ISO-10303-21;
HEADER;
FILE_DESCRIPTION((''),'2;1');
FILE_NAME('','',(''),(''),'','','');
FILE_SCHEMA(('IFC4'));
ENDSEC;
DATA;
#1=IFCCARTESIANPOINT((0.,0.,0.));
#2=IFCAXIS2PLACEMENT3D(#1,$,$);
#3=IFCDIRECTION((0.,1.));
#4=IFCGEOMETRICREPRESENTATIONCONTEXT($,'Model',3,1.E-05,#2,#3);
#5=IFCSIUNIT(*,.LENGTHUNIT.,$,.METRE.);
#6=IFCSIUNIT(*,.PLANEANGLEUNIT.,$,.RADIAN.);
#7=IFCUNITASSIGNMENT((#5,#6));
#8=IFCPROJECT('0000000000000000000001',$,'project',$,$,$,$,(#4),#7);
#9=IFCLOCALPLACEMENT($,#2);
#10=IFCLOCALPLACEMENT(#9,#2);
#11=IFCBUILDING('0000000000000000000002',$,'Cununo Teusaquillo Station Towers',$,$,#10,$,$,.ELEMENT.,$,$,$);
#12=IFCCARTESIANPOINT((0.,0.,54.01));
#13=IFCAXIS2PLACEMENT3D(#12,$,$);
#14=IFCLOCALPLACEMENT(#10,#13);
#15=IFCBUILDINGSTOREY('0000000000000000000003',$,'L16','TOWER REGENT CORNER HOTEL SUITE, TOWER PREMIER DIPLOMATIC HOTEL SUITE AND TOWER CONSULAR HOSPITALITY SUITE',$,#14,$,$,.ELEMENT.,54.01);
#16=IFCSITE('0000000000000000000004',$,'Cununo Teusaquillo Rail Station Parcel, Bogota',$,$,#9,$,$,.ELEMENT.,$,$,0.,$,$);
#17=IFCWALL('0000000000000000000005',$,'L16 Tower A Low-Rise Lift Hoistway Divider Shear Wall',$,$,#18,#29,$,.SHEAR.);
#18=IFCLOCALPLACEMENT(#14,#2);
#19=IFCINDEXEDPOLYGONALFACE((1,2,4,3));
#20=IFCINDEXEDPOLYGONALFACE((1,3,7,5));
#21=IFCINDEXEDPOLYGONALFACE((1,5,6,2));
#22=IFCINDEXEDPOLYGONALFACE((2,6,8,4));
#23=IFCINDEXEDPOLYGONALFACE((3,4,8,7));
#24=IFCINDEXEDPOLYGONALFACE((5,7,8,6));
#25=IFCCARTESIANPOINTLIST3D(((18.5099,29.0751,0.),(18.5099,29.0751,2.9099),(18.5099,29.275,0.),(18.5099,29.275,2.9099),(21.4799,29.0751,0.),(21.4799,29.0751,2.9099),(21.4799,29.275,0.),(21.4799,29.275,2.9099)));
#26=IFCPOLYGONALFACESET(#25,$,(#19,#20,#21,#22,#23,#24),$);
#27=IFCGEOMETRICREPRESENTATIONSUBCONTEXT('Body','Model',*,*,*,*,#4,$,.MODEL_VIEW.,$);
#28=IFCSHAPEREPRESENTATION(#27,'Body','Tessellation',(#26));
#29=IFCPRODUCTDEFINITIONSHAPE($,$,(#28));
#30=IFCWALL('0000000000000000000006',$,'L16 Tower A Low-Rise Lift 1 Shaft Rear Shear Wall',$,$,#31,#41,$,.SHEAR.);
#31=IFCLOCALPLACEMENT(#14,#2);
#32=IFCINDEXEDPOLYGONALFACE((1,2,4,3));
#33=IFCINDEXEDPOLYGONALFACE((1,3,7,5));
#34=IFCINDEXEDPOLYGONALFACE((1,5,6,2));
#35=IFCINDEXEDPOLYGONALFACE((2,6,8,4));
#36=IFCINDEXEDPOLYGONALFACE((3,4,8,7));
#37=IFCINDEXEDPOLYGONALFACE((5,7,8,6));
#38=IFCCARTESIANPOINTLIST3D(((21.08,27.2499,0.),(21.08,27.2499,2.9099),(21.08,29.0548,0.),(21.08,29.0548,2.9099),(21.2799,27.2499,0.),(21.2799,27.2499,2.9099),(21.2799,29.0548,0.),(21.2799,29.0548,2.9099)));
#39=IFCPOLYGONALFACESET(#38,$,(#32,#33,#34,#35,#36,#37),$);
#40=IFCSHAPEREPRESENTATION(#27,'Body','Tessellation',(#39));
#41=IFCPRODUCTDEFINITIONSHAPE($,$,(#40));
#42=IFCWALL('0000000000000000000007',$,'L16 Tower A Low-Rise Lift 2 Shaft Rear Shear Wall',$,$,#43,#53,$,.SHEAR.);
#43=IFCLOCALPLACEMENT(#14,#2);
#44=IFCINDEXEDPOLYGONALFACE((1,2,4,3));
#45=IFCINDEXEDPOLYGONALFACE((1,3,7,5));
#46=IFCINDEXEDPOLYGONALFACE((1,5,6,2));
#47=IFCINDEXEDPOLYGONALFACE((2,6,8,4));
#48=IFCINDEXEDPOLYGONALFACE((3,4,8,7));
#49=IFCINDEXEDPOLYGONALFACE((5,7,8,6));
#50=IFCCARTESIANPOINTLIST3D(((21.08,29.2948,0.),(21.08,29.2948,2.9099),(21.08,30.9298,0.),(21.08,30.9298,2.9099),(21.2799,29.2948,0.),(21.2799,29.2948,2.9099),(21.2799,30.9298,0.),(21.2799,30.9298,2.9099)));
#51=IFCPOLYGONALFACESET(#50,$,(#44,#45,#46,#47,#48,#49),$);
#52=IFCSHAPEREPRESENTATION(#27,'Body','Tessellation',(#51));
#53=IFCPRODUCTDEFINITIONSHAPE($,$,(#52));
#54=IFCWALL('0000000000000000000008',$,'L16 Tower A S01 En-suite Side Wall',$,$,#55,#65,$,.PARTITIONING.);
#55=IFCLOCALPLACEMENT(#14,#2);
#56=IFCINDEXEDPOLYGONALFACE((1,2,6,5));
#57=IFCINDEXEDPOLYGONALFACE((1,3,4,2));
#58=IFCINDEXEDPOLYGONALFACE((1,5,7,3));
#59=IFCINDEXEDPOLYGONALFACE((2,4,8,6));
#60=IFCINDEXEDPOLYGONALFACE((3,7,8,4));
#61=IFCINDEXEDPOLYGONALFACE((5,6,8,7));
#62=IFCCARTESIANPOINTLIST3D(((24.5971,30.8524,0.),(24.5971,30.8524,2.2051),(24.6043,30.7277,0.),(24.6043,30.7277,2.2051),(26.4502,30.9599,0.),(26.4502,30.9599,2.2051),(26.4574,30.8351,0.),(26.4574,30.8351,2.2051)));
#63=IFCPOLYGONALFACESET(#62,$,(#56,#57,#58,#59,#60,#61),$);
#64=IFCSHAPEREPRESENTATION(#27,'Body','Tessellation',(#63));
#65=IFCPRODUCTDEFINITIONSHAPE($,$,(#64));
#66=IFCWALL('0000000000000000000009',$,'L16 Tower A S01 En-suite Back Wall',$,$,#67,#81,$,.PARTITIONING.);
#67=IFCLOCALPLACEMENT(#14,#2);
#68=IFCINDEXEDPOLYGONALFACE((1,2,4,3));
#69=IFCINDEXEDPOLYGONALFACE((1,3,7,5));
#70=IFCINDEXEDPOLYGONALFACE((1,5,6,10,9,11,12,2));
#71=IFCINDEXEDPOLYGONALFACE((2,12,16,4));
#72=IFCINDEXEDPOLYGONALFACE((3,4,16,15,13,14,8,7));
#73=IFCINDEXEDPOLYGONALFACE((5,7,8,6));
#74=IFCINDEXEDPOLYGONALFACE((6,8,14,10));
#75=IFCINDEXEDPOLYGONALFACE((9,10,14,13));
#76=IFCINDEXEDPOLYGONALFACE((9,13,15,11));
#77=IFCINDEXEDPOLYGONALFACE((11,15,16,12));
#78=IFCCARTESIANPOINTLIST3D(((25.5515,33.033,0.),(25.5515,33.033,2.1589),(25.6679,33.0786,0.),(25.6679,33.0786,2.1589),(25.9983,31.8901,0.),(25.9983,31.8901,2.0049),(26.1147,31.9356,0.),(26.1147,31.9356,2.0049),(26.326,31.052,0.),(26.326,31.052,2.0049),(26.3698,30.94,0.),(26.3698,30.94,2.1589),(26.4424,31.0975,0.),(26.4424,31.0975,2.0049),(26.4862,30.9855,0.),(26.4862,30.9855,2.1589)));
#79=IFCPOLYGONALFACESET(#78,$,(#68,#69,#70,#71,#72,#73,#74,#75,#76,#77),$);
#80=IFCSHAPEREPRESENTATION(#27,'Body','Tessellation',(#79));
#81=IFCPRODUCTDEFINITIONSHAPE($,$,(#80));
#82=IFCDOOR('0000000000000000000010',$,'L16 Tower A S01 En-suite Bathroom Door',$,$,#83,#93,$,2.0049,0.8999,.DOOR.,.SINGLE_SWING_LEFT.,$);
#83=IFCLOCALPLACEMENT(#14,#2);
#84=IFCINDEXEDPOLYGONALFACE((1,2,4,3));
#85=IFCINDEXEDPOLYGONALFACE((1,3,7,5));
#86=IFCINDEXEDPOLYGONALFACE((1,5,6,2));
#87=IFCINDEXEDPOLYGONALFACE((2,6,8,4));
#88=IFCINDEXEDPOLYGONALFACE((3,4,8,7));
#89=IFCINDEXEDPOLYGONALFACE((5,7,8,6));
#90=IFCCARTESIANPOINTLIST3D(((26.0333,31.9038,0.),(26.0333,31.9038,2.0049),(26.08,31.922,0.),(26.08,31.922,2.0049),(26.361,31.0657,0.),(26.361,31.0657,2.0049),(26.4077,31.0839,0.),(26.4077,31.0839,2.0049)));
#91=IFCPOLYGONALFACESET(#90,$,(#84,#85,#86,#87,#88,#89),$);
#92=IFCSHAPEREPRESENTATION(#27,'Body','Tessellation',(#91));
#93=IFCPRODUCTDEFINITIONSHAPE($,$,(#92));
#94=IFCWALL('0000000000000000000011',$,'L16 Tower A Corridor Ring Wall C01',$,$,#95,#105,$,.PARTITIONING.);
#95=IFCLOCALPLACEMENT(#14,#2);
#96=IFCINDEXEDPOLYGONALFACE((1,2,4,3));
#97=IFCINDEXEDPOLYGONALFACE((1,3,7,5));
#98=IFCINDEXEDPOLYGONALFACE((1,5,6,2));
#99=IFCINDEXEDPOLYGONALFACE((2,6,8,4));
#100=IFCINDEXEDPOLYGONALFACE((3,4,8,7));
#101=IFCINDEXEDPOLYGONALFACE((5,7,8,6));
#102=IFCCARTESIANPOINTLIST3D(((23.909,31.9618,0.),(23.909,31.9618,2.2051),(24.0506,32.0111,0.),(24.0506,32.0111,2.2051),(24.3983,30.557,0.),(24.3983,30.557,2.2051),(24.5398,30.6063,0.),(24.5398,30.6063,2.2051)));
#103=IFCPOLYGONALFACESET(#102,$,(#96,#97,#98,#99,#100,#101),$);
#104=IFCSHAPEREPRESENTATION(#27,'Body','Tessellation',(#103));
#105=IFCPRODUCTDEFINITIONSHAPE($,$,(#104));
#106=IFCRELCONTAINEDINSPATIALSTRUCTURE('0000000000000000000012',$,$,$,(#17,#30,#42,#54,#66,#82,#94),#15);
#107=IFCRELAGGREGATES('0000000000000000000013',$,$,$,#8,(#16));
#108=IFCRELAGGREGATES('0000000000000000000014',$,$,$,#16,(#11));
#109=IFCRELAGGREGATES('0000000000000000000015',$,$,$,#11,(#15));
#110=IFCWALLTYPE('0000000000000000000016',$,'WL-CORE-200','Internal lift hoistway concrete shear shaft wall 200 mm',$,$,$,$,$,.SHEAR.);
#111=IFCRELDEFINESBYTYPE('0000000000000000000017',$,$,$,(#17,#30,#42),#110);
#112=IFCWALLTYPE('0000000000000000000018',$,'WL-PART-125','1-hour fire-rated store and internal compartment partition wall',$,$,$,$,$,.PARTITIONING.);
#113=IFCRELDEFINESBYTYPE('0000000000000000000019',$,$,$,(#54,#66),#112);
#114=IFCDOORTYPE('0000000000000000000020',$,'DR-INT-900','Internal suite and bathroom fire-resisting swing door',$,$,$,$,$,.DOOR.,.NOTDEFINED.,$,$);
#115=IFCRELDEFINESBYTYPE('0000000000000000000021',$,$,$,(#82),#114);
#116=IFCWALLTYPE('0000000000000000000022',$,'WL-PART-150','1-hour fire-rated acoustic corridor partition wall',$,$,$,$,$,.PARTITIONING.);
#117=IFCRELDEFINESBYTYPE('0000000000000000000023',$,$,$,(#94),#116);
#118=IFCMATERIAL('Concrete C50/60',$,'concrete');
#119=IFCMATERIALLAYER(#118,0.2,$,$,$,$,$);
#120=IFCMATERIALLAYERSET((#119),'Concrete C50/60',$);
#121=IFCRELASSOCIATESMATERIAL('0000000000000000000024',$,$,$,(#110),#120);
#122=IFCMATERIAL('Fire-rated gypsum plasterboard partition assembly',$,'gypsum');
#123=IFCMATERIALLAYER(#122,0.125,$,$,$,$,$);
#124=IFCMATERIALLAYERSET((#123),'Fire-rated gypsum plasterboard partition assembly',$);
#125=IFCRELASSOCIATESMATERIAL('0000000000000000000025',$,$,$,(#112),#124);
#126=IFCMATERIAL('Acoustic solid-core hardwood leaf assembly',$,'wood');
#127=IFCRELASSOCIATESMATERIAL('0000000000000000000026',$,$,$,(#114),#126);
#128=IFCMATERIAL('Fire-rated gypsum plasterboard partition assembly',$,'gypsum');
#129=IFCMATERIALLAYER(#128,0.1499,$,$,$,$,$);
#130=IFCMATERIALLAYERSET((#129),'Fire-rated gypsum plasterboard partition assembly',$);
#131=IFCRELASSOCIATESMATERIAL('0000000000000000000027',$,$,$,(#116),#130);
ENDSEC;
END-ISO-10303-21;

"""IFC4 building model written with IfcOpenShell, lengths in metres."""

from ifc_helpers import new_model, si_unit, direction, frame, frame_2d, origin, place, context, subcontext, project, spatial, rectangle, extrude, source, transform, mapped, material, layer, layer_set, type_object, element, fill, save


model = new_model("IFC4")

# Units and contexts
model_context = context("Model", 3, precision=1e-05, world=origin(), true_north=direction((0.0, 1.0)))
body_context = subcontext(model_context, "Body", "Model", "MODEL_VIEW")
ifc_project = project(units=[si_unit("LENGTHUNIT", "METRE"), si_unit("PLANEANGLEUNIT", "RADIAN")], contexts=[model_context])

# Site, building, storey
site_placement = place(None, origin())
site = spatial("IfcSite", under=ifc_project, at=site_placement, Name="Cununo Teusaquillo Rail Station Parcel, Bogota", CompositionType="ELEMENT", RefElevation=0.0)
building_placement = place(site_placement, origin())
building = spatial("IfcBuilding", under=site, at=building_placement, Name="Cununo Teusaquillo Station Towers", CompositionType="ELEMENT")
storey_placement = place(building_placement, frame((0.0, 0.0, 54.01)))
storey = spatial("IfcBuildingStorey", under=building, at=storey_placement, Name="L16", Description="TOWER REGENT CORNER HOTEL SUITE, TOWER PREMIER DIPLOMATIC HOTEL SUITE AND TOWER CONSULAR HOSPITALITY SUITE", CompositionType="ELEMENT", Elevation=54.01)

# Walls
ifc_material_1 = material(Name="Concrete C50/60", Category="concrete")
ifc_layer_1 = layer(ifc_material_1, 0.2)
ifc_layer_set_1 = layer_set([ifc_layer_1], Name="Concrete C50/60")
wall_type_1 = type_object("IfcWallType", Name="WL-CORE-200", Description="Internal lift hoistway concrete shear shaft wall 200 mm", PredefinedType="SHEAR", material=ifc_layer_set_1)
for number, where, z_axis, x_axis, name in (
    (1, (18.51, 29.175, 0.0), (0.0, 0.0, 1.0), (1.0, 0.0, 0.0), "L16 Tower A Low-Rise Lift Hoistway Divider Shear Wall"),
):
    element("IfcWall", number, at=place(storey_placement, frame(where, z_axis=z_axis, x_axis=x_axis)), inside=storey, type_object=wall_type_1, Name=name, PredefinedType="SHEAR", context=body_context, shape_type="SweptSolid", body=[
        extrude(rectangle(XDim=2.97, YDim=0.2, at=frame_2d((1.4849, 0.0))), origin(), (0.0, 0.0, 1.0), 2.9099),
    ])
wall_1_placement = place(storey_placement, frame((21.1799, 27.25, 0.0), z_axis=(0.0, 0.0, 1.0), x_axis=(0.0, 1.0, 0.0)))
element("IfcWall", 2, at=wall_1_placement, inside=storey, type_object=wall_type_1, Name="L16 Tower A Low-Rise Lift 1 Shaft Rear Shear Wall", PredefinedType="SHEAR", context=body_context, shape_type="SweptSolid", body=[
    extrude(rectangle(XDim=1.8049, YDim=0.2, at=frame_2d((0.9023, 0.0))), origin(), (0.0, 0.0, 1.0), 2.9099),
])
wall_2_placement = place(storey_placement, frame((21.1799, 29.2949, 0.0), z_axis=(0.0, 0.0, 1.0), x_axis=(0.0, 1.0, 0.0)))
element("IfcWall", 3, at=wall_2_placement, inside=storey, type_object=wall_type_1, Name="L16 Tower A Low-Rise Lift 2 Shaft Rear Shear Wall", PredefinedType="SHEAR", context=body_context, shape_type="SweptSolid", body=[
    extrude(rectangle(XDim=1.635, YDim=0.2, at=frame_2d((0.8174, 0.0))), origin(), (0.0, 0.0, 1.0), 2.9099),
])
ifc_material_2 = material(Name="Fire-rated gypsum plasterboard partition assembly", Category="gypsum")
ifc_layer_2 = layer(ifc_material_2, 0.125)
ifc_layer_set_2 = layer_set([ifc_layer_2], Name="Fire-rated gypsum plasterboard partition assembly")
wall_type_2 = type_object("IfcWallType", Name="WL-PART-125", Description="1-hour fire-rated store and internal compartment partition wall", PredefinedType="PARTITIONING", material=ifc_layer_set_2)
wall_3_placement = place(storey_placement, frame((24.6006, 30.79, 0.0), z_axis=(0.0, 0.0, 1.0), x_axis=(0.998324, 0.057874, 0.0)))
element("IfcWall", 4, at=wall_3_placement, inside=storey, type_object=wall_type_2, Name="L16 Tower A S01 En-suite Side Wall", PredefinedType="PARTITIONING", context=body_context, shape_type="SweptSolid", body=[
    extrude(rectangle(XDim=1.8562, YDim=0.125, at=frame_2d((0.9282, 0.0))), origin(), (0.0, 0.0, 1.0), 2.2051),
])

# Wall, opening, door
wall_4_placement = place(storey_placement, frame((26.428, 30.9629, 0.0), z_axis=(0.0, 0.0, 1.0), x_axis=(-0.364149, 0.931341, 0.0)))
wall_4 = element("IfcWall", 5, at=wall_4_placement, inside=storey, type_object=wall_type_2, Name="L16 Tower A S01 En-suite Back Wall", PredefinedType="PARTITIONING", context=body_context, shape_type="SweptSolid", body=[
    extrude(rectangle(XDim=2.2473, YDim=0.125, at=frame_2d((1.1235, 0.0))), origin(), (0.0, 0.0, 1.0), 2.1589),
])
shared_shape_1 = source(origin(), body_context, "Body", "SweptSolid", [
    extrude(rectangle(XDim=0.8999, YDim=2.0049, at=frame_2d((0.45, 1.0024))), frame((0.0, 0.0725, 0.0), z_axis=(0.0, -1.0, 0.0), x_axis=(1.0, 0.0, 0.0)), (0.0, 0.0, 1.0), 0.145),
])
opening_placement = place(wall_4_placement, frame((0.1201, 0.0, 0.0)))
opening = element("IfcOpeningElement", 6, at=opening_placement, cuts=wall_4, PredefinedType="OPENING", context=body_context, shape_type="MappedRepresentation", body=[
    mapped(shared_shape_1, transform((0.0, 0.0, 0.0), x_axis=(1.0, 0.0, 0.0), y_axis=(0.0, 1.0, 0.0), z_axis=(0.0, 0.0, 1.0), scale=1.0)),
])
ifc_material_3 = material(Name="Acoustic solid-core hardwood leaf assembly", Category="wood")
door_type = type_object("IfcDoorType", Name="DR-INT-900", Description="Internal suite and bathroom fire-resisting swing door", OperationType="NOTDEFINED", PredefinedType="DOOR", material=ifc_material_3)
shared_shape_2 = source(origin(), body_context, "Body", "SweptSolid", [
    extrude(rectangle(XDim=0.8999, YDim=2.0049, at=frame_2d((0.45, 1.0024))), frame((0.0, 0.0249, 0.0), z_axis=(0.0, -1.0, 0.0), x_axis=(1.0, 0.0, 0.0)), (0.0, 0.0, 1.0), 0.05),
])
door_placement = place(opening_placement, origin())
door = element("IfcDoor", 7, at=door_placement, inside=storey, type_object=door_type, Name="L16 Tower A S01 En-suite Bathroom Door", OperationType="SINGLE_SWING_LEFT", OverallHeight=2.0049, OverallWidth=0.8999, PredefinedType="DOOR", context=body_context, shape_type="MappedRepresentation", body=[
    mapped(shared_shape_2, transform((0.0, 0.0, 0.0), x_axis=(1.0, 0.0, 0.0), y_axis=(0.0, 1.0, 0.0), z_axis=(0.0, 0.0, 1.0), scale=1.0)),
])
fill(opening, door)

# Wall
ifc_material_4 = material(Name="Fire-rated gypsum plasterboard partition assembly", Category="gypsum")
ifc_layer_3 = layer(ifc_material_4, 0.1499)
ifc_layer_set_3 = layer_set([ifc_layer_3], Name="Fire-rated gypsum plasterboard partition assembly")
wall_type_3 = type_object("IfcWallType", Name="WL-PART-150", Description="1-hour fire-rated acoustic corridor partition wall", PredefinedType="PARTITIONING", material=ifc_layer_set_3)
wall_5_placement = place(storey_placement, frame((24.469, 30.5818, 0.0), z_axis=(0.0, 0.0, 1.0), x_axis=(-0.328903, 0.944364, 0.0)))
element("IfcWall", 8, at=wall_5_placement, inside=storey, type_object=wall_type_3, Name="L16 Tower A Corridor Ring Wall C01", PredefinedType="PARTITIONING", context=body_context, shape_type="SweptSolid", body=[
    extrude(rectangle(XDim=1.4875, YDim=0.1499, at=frame_2d((0.7437, 0.0))), origin(), (0.0, 0.0, 1.0), 2.2051),
])

save(model, "model.ifc")
